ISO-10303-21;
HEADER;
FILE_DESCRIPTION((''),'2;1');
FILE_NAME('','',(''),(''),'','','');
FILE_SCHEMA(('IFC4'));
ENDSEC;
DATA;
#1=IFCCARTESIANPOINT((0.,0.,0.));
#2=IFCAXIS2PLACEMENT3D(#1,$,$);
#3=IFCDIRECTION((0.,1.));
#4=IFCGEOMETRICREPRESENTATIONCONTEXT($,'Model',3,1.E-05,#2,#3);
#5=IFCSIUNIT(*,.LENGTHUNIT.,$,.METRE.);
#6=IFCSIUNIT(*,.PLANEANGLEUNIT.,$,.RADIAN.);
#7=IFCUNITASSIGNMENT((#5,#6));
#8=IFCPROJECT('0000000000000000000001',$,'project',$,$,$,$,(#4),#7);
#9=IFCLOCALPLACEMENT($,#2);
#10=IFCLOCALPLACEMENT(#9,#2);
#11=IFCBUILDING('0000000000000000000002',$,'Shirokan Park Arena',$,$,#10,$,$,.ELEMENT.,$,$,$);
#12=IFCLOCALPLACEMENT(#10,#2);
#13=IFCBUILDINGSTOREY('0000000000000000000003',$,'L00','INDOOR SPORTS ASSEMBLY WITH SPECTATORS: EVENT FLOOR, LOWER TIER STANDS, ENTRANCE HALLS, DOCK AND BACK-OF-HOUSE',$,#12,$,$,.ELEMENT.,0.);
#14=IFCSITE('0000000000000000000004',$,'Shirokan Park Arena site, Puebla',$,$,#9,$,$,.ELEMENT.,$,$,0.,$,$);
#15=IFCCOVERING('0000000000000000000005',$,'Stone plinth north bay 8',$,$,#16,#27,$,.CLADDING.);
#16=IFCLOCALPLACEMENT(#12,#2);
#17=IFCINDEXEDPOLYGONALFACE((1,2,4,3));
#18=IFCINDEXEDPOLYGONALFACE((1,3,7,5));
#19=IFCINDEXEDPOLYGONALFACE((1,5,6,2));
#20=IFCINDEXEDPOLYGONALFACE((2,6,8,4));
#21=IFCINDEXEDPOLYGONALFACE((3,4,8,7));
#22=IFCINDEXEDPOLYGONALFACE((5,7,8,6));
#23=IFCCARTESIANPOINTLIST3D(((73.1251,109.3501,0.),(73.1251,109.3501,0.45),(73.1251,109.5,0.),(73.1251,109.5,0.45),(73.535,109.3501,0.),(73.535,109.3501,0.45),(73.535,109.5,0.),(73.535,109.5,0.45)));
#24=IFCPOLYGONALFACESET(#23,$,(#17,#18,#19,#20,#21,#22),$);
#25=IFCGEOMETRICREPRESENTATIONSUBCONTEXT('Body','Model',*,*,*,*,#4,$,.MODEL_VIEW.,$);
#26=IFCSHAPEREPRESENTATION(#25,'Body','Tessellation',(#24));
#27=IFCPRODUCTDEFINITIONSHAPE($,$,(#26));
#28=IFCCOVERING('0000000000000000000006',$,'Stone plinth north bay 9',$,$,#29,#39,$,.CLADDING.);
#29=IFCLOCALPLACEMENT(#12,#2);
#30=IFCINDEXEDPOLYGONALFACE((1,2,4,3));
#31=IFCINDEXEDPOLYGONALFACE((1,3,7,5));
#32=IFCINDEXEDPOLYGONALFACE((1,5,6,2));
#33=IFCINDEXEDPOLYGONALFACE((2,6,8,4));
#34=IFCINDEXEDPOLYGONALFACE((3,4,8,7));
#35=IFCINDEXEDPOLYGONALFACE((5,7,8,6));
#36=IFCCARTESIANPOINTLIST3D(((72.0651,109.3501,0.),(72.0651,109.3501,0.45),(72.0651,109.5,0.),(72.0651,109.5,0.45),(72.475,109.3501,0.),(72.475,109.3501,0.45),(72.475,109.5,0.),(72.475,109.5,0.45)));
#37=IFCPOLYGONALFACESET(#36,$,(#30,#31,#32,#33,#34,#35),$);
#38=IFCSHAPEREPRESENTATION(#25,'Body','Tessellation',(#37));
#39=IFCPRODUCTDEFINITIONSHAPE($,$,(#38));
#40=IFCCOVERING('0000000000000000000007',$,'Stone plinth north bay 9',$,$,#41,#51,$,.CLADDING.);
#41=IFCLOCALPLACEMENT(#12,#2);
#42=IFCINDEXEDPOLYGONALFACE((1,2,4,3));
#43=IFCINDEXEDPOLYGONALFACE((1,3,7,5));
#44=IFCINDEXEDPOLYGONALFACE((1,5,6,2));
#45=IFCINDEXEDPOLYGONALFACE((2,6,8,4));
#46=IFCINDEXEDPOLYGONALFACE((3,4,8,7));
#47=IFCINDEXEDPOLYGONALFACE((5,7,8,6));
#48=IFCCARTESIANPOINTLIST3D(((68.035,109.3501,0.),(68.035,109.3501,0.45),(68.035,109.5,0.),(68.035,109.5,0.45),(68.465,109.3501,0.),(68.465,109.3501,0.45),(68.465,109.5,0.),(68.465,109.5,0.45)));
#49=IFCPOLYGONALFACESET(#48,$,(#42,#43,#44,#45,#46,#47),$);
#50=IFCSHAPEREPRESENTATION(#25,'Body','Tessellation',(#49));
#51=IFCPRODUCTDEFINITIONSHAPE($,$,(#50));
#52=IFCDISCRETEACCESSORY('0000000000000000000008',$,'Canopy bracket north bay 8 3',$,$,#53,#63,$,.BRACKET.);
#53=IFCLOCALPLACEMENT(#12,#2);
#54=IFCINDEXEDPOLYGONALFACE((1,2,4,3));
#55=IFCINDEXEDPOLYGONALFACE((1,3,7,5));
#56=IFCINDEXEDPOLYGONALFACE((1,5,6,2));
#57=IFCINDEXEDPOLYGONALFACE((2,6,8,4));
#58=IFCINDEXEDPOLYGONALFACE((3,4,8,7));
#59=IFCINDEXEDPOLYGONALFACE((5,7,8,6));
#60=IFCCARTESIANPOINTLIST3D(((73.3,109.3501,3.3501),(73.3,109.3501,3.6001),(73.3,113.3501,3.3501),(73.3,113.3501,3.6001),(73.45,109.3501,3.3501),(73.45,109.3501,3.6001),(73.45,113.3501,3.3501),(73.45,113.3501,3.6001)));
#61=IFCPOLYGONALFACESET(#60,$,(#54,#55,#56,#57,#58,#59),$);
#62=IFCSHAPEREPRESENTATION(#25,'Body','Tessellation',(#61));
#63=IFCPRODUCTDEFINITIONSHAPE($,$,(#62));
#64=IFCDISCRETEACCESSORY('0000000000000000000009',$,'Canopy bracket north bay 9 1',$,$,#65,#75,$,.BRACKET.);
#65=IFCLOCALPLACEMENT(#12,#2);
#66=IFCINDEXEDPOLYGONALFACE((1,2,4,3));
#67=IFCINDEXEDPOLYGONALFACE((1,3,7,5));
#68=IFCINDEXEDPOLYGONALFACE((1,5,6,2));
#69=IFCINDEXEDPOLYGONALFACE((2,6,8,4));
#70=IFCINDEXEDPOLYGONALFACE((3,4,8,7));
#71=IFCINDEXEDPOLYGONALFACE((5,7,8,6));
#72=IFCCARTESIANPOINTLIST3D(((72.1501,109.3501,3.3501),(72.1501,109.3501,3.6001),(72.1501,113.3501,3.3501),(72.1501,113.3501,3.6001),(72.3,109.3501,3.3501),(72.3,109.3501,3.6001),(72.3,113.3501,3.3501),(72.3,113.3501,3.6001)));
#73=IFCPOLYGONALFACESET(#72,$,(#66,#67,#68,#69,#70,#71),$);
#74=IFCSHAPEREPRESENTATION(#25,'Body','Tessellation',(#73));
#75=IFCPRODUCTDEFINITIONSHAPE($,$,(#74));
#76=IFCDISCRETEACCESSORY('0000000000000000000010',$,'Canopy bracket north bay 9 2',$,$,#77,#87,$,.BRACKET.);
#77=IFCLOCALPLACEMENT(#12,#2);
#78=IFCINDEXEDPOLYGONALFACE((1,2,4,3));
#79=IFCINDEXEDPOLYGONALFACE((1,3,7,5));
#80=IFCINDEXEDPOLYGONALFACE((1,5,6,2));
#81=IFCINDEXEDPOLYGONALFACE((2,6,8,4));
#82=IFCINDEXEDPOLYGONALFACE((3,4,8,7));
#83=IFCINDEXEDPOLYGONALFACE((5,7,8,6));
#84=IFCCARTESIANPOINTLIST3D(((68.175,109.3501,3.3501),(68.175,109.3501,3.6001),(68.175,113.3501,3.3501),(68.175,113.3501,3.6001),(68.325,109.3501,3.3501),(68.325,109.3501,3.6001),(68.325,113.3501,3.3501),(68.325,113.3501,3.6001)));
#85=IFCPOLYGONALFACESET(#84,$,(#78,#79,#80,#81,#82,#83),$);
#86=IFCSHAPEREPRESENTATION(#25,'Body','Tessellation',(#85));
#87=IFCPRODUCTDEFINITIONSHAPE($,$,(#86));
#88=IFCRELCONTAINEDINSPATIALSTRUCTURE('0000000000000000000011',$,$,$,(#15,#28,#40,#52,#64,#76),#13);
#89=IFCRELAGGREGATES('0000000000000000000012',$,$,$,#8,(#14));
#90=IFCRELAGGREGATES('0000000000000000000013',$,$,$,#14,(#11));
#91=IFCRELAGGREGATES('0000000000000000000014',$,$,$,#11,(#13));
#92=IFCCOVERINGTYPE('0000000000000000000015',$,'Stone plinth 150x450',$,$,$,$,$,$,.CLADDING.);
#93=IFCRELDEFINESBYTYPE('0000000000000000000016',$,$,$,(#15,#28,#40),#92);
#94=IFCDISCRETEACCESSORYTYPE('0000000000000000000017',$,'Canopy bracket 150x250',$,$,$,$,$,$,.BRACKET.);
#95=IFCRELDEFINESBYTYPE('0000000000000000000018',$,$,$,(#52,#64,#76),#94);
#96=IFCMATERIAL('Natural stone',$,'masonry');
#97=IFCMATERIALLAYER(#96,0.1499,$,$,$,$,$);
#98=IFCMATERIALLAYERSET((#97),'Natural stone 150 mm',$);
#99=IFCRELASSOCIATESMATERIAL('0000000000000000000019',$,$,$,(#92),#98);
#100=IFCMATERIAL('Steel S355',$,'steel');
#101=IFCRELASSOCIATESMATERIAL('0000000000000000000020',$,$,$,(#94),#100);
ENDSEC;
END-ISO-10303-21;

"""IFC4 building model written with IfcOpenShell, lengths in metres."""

from ifc_helpers import new_model, si_unit, direction, frame, origin, origin_2d, place, context, subcontext, project, spatial, rectangle, extrude, material, layer, layer_set, type_object, element, save


model = new_model("IFC4")

# Units and contexts
model_context = context("Model", 3, precision=1e-05, world=origin(), true_north=direction((0.0, 1.0)))
body_context = subcontext(model_context, "Body", "Model", "MODEL_VIEW")
ifc_project = project(units=[si_unit("LENGTHUNIT", "METRE"), si_unit("PLANEANGLEUNIT", "RADIAN")], contexts=[model_context])

# Site, building, storey
site_placement = place(None, origin())
site = spatial("IfcSite", under=ifc_project, at=site_placement, Name="Shirokan Park Arena site, Puebla", CompositionType="ELEMENT", RefElevation=0.0)
building_placement = place(site_placement, origin())
building = spatial("IfcBuilding", under=site, at=building_placement, Name="Shirokan Park Arena", CompositionType="ELEMENT")
storey_placement = place(building_placement, origin())
storey = spatial("IfcBuildingStorey", under=building, at=storey_placement, Name="L00", Description="INDOOR SPORTS ASSEMBLY WITH SPECTATORS: EVENT FLOOR, LOWER TIER STANDS, ENTRANCE HALLS, DOCK AND BACK-OF-HOUSE", CompositionType="ELEMENT", Elevation=0.0)

# Shared definitions
ifc_material_1 = material(Name="Steel S355", Category="steel")

# Coverings
ifc_material_2 = material(Name="Natural stone", Category="masonry")
ifc_layer_1 = layer(ifc_material_2, 0.1499)
ifc_layer_set_1 = layer_set([ifc_layer_1], Name="Natural stone 150 mm")
covering_type_1 = type_object("IfcCoveringType", Name="Stone plinth 150x450", PredefinedType="CLADDING", material=ifc_layer_set_1)
for number, where, z_axis, x_axis, name in (
    (1, (73.3301, 109.425, 0.0), (0.0, 0.0, 1.0), (-1.0, 0.0, 0.0), "Stone plinth north bay 8"),
    (2, (72.27, 109.425, 0.0), (0.0, 0.0, 1.0), (-1.0, 0.0, 0.0), "Stone plinth north bay 9"),
):
    element("IfcCovering", number, at=place(storey_placement, frame(where, z_axis=z_axis, x_axis=x_axis)), inside=storey, type_object=covering_type_1, Name=name, PredefinedType="CLADDING", context=body_context, shape_type="SweptSolid", body=[
        extrude(rectangle(XDim=0.4099, YDim=0.1499, at=origin_2d()), origin(), (0.0, 0.0, 1.0), 0.45),
    ])
covering_1_placement = place(storey_placement, frame((68.25, 109.425, 0.0), z_axis=(0.0, 0.0, 1.0), x_axis=(-1.0, 0.0, 0.0)))
element("IfcCovering", 3, at=covering_1_placement, inside=storey, type_object=covering_type_1, Name="Stone plinth north bay 9", PredefinedType="CLADDING", context=body_context, shape_type="SweptSolid", body=[
    extrude(rectangle(XDim=0.4299, YDim=0.1499, at=origin_2d()), origin(), (0.0, 0.0, 1.0), 0.45),
])

# Discrete accessories
discrete_accessory_type = type_object("IfcDiscreteAccessoryType", Name="Canopy bracket 150x250", PredefinedType="BRACKET", material=ifc_material_1)
for number, where, z_axis, x_axis, name in (
    (4, (73.375, 111.3501, 3.3501), (0.0, 0.0, 1.0), (-1.0, 0.0, 0.0), "Canopy bracket north bay 8 3"),
    (5, (72.2251, 111.3501, 3.3501), (0.0, 0.0, 1.0), (-1.0, 0.0, 0.0), "Canopy bracket north bay 9 1"),
    (6, (68.25, 111.3501, 3.3501), (0.0, 0.0, 1.0), (-1.0, 0.0, 0.0), "Canopy bracket north bay 9 2"),
):
    element("IfcDiscreteAccessory", number, at=place(storey_placement, frame(where, z_axis=z_axis, x_axis=x_axis)), inside=storey, type_object=discrete_accessory_type, Name=name, PredefinedType="BRACKET", context=body_context, shape_type="SweptSolid", body=[
        extrude(rectangle(XDim=0.1499, YDim=4.0, at=origin_2d()), origin(), (0.0, 0.0, 1.0), 0.25),
    ])

save(model, "model.ifc")
